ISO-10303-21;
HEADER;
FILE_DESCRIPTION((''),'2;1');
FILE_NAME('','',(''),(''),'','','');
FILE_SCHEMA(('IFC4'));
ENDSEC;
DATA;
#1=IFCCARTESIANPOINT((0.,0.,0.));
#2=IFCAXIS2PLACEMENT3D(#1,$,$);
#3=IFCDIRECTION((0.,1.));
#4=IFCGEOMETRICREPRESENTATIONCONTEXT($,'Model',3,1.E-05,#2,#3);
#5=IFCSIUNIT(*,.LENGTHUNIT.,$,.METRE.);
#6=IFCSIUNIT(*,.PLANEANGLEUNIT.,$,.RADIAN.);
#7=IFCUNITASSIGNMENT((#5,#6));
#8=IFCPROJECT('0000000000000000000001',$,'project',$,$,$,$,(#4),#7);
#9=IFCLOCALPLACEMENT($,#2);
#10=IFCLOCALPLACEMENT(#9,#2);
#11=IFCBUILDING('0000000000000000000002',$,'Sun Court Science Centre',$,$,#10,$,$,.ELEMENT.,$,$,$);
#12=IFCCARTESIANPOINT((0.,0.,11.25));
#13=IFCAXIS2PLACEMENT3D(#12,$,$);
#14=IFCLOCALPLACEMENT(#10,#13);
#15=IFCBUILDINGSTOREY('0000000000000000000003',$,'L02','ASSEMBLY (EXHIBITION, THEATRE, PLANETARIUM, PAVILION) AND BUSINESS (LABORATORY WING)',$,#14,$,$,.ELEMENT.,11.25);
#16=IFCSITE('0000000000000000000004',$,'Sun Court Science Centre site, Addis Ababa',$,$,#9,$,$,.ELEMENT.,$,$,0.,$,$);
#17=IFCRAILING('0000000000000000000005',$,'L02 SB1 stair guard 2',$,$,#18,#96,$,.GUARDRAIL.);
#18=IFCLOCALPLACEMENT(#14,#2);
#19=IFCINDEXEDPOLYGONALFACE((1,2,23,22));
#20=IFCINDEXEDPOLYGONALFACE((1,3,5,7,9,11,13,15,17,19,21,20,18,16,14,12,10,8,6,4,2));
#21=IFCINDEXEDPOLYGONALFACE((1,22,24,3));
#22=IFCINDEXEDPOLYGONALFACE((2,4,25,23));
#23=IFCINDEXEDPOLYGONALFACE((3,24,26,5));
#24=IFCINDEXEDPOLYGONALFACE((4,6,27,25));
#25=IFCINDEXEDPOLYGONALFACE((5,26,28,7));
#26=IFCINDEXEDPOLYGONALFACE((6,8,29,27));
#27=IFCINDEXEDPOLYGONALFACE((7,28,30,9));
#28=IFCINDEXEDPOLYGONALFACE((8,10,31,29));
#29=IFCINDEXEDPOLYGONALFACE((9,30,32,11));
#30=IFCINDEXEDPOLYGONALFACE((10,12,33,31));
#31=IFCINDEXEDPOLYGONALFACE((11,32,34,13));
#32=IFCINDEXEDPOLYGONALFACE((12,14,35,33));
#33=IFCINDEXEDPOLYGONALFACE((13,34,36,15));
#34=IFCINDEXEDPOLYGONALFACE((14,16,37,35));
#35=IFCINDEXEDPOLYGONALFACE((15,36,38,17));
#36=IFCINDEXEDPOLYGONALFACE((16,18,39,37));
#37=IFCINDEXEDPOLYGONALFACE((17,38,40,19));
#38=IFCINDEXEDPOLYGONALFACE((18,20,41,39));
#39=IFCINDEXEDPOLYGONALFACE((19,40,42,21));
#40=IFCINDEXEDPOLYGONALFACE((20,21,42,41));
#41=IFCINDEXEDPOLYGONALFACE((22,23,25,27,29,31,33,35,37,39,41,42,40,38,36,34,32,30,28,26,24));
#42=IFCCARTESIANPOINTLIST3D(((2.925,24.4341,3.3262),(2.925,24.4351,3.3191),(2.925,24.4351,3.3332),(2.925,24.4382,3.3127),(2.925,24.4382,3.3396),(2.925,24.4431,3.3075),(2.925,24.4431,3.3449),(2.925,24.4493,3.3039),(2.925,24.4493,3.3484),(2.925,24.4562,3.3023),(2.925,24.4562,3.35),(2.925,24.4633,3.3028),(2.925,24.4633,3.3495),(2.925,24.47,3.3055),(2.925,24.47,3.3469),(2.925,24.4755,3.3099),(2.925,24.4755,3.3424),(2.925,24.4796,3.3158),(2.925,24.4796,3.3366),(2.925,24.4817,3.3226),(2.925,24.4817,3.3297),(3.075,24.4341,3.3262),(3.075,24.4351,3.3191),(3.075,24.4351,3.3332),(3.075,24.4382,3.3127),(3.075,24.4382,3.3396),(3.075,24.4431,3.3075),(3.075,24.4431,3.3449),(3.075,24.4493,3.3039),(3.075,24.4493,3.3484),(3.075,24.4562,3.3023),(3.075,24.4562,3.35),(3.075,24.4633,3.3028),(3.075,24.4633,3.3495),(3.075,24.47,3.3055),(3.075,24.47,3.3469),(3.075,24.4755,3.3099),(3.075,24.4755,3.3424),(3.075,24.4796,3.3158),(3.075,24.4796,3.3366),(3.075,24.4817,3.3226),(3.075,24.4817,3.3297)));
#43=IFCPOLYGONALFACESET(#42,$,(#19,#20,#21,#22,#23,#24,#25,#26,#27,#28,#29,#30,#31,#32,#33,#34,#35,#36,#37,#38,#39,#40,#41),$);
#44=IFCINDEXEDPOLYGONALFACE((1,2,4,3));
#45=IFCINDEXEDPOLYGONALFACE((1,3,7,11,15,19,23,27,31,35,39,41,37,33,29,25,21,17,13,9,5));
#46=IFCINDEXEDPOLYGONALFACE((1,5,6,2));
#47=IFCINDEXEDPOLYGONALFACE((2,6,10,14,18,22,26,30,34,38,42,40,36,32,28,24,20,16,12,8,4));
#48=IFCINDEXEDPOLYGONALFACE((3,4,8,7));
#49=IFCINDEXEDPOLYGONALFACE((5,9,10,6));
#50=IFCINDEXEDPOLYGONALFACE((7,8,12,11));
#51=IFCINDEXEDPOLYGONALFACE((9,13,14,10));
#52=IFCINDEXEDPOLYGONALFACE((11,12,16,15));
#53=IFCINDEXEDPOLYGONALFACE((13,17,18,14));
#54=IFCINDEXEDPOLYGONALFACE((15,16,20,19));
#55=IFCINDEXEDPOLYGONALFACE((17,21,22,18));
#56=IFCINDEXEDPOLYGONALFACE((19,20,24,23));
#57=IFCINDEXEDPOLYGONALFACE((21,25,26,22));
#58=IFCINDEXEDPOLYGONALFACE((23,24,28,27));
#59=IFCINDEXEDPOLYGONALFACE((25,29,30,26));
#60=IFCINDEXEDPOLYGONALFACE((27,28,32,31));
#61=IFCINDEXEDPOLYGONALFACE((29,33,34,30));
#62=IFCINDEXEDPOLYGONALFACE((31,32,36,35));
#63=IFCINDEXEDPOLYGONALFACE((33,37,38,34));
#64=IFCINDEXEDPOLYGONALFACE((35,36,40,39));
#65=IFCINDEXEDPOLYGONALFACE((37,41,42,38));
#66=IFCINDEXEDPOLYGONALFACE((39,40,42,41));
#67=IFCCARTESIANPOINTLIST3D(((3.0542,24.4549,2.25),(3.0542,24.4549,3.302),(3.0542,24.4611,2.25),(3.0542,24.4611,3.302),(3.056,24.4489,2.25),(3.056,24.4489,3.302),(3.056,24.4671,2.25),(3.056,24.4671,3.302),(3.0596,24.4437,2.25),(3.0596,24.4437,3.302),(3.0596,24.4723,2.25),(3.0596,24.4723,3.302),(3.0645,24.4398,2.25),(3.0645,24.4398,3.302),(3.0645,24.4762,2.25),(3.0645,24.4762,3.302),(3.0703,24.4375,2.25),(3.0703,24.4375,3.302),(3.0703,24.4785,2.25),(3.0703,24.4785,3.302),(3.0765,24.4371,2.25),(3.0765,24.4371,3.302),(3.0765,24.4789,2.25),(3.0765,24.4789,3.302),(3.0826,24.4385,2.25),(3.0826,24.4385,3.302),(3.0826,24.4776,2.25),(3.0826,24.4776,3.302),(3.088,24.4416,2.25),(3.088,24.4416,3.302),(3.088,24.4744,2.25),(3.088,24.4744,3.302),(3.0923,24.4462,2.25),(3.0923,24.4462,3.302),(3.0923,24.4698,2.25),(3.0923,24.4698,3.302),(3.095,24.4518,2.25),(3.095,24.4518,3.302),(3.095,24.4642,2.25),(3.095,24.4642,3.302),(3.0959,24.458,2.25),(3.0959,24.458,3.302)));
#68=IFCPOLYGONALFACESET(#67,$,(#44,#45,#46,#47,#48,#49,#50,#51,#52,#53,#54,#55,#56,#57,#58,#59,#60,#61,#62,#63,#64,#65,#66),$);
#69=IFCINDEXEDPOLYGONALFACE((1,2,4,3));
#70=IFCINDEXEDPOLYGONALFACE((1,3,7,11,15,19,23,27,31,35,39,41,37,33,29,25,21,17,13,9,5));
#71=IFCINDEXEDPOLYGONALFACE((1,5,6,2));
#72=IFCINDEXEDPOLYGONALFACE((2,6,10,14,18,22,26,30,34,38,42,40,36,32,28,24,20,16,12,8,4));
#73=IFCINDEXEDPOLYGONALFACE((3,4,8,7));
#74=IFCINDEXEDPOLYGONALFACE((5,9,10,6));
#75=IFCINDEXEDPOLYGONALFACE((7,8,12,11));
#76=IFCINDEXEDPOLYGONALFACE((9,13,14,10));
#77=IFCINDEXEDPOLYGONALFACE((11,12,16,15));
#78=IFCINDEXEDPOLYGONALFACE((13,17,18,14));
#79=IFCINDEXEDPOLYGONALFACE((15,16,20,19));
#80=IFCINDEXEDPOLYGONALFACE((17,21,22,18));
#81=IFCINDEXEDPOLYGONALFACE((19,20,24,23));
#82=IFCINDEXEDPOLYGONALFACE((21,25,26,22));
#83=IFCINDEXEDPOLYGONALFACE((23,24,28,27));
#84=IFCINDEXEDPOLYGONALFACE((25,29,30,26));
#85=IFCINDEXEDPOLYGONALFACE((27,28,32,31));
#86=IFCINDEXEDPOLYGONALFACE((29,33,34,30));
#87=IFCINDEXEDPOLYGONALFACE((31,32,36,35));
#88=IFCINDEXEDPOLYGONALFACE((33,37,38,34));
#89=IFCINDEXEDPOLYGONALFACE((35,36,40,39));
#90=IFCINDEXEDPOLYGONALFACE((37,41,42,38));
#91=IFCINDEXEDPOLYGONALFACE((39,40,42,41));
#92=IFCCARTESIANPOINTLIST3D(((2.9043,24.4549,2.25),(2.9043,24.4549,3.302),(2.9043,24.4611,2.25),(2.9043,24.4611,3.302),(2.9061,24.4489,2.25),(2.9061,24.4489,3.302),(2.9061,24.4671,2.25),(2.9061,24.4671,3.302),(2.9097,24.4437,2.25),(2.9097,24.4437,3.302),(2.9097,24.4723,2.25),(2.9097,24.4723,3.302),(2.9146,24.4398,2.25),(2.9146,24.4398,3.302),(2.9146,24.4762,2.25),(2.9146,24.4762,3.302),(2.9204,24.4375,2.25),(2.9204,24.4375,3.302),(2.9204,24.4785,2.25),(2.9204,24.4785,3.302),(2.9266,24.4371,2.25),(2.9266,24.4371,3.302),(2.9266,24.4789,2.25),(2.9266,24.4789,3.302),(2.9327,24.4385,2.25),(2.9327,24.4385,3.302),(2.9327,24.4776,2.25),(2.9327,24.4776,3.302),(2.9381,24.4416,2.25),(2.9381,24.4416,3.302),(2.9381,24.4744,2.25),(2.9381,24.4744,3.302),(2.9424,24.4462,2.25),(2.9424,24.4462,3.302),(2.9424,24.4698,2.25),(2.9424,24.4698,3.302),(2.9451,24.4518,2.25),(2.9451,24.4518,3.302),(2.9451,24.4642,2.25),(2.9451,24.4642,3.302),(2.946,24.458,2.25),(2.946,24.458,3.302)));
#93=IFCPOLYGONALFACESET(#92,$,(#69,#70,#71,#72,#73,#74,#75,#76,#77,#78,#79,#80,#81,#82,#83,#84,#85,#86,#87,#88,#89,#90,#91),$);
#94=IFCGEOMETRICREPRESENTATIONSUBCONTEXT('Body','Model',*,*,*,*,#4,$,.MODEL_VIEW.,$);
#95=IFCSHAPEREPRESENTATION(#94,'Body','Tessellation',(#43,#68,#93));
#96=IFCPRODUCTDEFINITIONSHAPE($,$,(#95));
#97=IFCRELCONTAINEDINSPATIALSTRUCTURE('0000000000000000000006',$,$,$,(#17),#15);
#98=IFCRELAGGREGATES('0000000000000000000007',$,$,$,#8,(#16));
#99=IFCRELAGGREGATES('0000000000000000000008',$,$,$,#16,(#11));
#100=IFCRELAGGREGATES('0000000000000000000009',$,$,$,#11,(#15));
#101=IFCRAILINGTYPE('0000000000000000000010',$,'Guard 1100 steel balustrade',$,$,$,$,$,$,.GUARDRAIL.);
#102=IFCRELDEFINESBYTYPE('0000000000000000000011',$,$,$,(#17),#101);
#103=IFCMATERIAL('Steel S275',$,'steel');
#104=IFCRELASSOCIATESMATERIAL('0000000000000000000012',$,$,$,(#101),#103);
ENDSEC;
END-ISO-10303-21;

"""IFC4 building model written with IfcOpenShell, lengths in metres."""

from ifc_helpers import new_model, si_unit, direction, frame, origin, origin_2d, place, context, subcontext, project, spatial, circle, extrude, material, type_object, element, save


model = new_model("IFC4")

# Units and contexts
model_context = context("Model", 3, precision=1e-05, world=origin(), true_north=direction((0.0, 1.0)))
body_context = subcontext(model_context, "Body", "Model", "MODEL_VIEW")
ifc_project = project(units=[si_unit("LENGTHUNIT", "METRE"), si_unit("PLANEANGLEUNIT", "RADIAN")], contexts=[model_context])

# Site, building, storey
site_placement = place(None, origin())
site = spatial("IfcSite", under=ifc_project, at=site_placement, Name="Sun Court Science Centre site, Addis Ababa", CompositionType="ELEMENT", RefElevation=0.0)
building_placement = place(site_placement, origin())
building = spatial("IfcBuilding", under=site, at=building_placement, Name="Sun Court Science Centre", CompositionType="ELEMENT")
storey_placement = place(building_placement, frame((0.0, 0.0, 11.25)))
storey = spatial("IfcBuildingStorey", under=building, at=storey_placement, Name="L02", Description="ASSEMBLY (EXHIBITION, THEATRE, PLANETARIUM, PAVILION) AND BUSINESS (LABORATORY WING)", CompositionType="ELEMENT", Elevation=11.25)

# Railing
ifc_material_1 = material(Name="Steel S275", Category="steel")
railing_type_1 = type_object("IfcRailingType", Name="Guard 1100 steel balustrade", PredefinedType="GUARDRAIL", material=ifc_material_1)
railing_1_placement = place(storey_placement, frame((3.075, 24.458, 2.25)))
element("IfcRailing", 1, at=railing_1_placement, inside=storey, type_object=railing_type_1, Name="L02 SB1 stair guard 2", PredefinedType="GUARDRAIL", context=body_context, shape_type="SweptSolid", body=[
    extrude(circle(Radius=0.0239, at=origin_2d()), frame((0.0, 0.0, 1.0762), z_axis=(-1.0, 0.0, 0.0), x_axis=(0.0, -1.0, 0.0)), (0.0, 0.0, 1.0), 0.1499),
    extrude(circle(Radius=0.021, at=origin_2d()), origin(), (0.0, 0.0, 1.0), 1.052),
    extrude(circle(Radius=0.021, at=origin_2d()), frame((-0.1499, 0.0, 0.0)), (0.0, 0.0, 1.0), 1.052),
])

save(model, "model.ifc")
